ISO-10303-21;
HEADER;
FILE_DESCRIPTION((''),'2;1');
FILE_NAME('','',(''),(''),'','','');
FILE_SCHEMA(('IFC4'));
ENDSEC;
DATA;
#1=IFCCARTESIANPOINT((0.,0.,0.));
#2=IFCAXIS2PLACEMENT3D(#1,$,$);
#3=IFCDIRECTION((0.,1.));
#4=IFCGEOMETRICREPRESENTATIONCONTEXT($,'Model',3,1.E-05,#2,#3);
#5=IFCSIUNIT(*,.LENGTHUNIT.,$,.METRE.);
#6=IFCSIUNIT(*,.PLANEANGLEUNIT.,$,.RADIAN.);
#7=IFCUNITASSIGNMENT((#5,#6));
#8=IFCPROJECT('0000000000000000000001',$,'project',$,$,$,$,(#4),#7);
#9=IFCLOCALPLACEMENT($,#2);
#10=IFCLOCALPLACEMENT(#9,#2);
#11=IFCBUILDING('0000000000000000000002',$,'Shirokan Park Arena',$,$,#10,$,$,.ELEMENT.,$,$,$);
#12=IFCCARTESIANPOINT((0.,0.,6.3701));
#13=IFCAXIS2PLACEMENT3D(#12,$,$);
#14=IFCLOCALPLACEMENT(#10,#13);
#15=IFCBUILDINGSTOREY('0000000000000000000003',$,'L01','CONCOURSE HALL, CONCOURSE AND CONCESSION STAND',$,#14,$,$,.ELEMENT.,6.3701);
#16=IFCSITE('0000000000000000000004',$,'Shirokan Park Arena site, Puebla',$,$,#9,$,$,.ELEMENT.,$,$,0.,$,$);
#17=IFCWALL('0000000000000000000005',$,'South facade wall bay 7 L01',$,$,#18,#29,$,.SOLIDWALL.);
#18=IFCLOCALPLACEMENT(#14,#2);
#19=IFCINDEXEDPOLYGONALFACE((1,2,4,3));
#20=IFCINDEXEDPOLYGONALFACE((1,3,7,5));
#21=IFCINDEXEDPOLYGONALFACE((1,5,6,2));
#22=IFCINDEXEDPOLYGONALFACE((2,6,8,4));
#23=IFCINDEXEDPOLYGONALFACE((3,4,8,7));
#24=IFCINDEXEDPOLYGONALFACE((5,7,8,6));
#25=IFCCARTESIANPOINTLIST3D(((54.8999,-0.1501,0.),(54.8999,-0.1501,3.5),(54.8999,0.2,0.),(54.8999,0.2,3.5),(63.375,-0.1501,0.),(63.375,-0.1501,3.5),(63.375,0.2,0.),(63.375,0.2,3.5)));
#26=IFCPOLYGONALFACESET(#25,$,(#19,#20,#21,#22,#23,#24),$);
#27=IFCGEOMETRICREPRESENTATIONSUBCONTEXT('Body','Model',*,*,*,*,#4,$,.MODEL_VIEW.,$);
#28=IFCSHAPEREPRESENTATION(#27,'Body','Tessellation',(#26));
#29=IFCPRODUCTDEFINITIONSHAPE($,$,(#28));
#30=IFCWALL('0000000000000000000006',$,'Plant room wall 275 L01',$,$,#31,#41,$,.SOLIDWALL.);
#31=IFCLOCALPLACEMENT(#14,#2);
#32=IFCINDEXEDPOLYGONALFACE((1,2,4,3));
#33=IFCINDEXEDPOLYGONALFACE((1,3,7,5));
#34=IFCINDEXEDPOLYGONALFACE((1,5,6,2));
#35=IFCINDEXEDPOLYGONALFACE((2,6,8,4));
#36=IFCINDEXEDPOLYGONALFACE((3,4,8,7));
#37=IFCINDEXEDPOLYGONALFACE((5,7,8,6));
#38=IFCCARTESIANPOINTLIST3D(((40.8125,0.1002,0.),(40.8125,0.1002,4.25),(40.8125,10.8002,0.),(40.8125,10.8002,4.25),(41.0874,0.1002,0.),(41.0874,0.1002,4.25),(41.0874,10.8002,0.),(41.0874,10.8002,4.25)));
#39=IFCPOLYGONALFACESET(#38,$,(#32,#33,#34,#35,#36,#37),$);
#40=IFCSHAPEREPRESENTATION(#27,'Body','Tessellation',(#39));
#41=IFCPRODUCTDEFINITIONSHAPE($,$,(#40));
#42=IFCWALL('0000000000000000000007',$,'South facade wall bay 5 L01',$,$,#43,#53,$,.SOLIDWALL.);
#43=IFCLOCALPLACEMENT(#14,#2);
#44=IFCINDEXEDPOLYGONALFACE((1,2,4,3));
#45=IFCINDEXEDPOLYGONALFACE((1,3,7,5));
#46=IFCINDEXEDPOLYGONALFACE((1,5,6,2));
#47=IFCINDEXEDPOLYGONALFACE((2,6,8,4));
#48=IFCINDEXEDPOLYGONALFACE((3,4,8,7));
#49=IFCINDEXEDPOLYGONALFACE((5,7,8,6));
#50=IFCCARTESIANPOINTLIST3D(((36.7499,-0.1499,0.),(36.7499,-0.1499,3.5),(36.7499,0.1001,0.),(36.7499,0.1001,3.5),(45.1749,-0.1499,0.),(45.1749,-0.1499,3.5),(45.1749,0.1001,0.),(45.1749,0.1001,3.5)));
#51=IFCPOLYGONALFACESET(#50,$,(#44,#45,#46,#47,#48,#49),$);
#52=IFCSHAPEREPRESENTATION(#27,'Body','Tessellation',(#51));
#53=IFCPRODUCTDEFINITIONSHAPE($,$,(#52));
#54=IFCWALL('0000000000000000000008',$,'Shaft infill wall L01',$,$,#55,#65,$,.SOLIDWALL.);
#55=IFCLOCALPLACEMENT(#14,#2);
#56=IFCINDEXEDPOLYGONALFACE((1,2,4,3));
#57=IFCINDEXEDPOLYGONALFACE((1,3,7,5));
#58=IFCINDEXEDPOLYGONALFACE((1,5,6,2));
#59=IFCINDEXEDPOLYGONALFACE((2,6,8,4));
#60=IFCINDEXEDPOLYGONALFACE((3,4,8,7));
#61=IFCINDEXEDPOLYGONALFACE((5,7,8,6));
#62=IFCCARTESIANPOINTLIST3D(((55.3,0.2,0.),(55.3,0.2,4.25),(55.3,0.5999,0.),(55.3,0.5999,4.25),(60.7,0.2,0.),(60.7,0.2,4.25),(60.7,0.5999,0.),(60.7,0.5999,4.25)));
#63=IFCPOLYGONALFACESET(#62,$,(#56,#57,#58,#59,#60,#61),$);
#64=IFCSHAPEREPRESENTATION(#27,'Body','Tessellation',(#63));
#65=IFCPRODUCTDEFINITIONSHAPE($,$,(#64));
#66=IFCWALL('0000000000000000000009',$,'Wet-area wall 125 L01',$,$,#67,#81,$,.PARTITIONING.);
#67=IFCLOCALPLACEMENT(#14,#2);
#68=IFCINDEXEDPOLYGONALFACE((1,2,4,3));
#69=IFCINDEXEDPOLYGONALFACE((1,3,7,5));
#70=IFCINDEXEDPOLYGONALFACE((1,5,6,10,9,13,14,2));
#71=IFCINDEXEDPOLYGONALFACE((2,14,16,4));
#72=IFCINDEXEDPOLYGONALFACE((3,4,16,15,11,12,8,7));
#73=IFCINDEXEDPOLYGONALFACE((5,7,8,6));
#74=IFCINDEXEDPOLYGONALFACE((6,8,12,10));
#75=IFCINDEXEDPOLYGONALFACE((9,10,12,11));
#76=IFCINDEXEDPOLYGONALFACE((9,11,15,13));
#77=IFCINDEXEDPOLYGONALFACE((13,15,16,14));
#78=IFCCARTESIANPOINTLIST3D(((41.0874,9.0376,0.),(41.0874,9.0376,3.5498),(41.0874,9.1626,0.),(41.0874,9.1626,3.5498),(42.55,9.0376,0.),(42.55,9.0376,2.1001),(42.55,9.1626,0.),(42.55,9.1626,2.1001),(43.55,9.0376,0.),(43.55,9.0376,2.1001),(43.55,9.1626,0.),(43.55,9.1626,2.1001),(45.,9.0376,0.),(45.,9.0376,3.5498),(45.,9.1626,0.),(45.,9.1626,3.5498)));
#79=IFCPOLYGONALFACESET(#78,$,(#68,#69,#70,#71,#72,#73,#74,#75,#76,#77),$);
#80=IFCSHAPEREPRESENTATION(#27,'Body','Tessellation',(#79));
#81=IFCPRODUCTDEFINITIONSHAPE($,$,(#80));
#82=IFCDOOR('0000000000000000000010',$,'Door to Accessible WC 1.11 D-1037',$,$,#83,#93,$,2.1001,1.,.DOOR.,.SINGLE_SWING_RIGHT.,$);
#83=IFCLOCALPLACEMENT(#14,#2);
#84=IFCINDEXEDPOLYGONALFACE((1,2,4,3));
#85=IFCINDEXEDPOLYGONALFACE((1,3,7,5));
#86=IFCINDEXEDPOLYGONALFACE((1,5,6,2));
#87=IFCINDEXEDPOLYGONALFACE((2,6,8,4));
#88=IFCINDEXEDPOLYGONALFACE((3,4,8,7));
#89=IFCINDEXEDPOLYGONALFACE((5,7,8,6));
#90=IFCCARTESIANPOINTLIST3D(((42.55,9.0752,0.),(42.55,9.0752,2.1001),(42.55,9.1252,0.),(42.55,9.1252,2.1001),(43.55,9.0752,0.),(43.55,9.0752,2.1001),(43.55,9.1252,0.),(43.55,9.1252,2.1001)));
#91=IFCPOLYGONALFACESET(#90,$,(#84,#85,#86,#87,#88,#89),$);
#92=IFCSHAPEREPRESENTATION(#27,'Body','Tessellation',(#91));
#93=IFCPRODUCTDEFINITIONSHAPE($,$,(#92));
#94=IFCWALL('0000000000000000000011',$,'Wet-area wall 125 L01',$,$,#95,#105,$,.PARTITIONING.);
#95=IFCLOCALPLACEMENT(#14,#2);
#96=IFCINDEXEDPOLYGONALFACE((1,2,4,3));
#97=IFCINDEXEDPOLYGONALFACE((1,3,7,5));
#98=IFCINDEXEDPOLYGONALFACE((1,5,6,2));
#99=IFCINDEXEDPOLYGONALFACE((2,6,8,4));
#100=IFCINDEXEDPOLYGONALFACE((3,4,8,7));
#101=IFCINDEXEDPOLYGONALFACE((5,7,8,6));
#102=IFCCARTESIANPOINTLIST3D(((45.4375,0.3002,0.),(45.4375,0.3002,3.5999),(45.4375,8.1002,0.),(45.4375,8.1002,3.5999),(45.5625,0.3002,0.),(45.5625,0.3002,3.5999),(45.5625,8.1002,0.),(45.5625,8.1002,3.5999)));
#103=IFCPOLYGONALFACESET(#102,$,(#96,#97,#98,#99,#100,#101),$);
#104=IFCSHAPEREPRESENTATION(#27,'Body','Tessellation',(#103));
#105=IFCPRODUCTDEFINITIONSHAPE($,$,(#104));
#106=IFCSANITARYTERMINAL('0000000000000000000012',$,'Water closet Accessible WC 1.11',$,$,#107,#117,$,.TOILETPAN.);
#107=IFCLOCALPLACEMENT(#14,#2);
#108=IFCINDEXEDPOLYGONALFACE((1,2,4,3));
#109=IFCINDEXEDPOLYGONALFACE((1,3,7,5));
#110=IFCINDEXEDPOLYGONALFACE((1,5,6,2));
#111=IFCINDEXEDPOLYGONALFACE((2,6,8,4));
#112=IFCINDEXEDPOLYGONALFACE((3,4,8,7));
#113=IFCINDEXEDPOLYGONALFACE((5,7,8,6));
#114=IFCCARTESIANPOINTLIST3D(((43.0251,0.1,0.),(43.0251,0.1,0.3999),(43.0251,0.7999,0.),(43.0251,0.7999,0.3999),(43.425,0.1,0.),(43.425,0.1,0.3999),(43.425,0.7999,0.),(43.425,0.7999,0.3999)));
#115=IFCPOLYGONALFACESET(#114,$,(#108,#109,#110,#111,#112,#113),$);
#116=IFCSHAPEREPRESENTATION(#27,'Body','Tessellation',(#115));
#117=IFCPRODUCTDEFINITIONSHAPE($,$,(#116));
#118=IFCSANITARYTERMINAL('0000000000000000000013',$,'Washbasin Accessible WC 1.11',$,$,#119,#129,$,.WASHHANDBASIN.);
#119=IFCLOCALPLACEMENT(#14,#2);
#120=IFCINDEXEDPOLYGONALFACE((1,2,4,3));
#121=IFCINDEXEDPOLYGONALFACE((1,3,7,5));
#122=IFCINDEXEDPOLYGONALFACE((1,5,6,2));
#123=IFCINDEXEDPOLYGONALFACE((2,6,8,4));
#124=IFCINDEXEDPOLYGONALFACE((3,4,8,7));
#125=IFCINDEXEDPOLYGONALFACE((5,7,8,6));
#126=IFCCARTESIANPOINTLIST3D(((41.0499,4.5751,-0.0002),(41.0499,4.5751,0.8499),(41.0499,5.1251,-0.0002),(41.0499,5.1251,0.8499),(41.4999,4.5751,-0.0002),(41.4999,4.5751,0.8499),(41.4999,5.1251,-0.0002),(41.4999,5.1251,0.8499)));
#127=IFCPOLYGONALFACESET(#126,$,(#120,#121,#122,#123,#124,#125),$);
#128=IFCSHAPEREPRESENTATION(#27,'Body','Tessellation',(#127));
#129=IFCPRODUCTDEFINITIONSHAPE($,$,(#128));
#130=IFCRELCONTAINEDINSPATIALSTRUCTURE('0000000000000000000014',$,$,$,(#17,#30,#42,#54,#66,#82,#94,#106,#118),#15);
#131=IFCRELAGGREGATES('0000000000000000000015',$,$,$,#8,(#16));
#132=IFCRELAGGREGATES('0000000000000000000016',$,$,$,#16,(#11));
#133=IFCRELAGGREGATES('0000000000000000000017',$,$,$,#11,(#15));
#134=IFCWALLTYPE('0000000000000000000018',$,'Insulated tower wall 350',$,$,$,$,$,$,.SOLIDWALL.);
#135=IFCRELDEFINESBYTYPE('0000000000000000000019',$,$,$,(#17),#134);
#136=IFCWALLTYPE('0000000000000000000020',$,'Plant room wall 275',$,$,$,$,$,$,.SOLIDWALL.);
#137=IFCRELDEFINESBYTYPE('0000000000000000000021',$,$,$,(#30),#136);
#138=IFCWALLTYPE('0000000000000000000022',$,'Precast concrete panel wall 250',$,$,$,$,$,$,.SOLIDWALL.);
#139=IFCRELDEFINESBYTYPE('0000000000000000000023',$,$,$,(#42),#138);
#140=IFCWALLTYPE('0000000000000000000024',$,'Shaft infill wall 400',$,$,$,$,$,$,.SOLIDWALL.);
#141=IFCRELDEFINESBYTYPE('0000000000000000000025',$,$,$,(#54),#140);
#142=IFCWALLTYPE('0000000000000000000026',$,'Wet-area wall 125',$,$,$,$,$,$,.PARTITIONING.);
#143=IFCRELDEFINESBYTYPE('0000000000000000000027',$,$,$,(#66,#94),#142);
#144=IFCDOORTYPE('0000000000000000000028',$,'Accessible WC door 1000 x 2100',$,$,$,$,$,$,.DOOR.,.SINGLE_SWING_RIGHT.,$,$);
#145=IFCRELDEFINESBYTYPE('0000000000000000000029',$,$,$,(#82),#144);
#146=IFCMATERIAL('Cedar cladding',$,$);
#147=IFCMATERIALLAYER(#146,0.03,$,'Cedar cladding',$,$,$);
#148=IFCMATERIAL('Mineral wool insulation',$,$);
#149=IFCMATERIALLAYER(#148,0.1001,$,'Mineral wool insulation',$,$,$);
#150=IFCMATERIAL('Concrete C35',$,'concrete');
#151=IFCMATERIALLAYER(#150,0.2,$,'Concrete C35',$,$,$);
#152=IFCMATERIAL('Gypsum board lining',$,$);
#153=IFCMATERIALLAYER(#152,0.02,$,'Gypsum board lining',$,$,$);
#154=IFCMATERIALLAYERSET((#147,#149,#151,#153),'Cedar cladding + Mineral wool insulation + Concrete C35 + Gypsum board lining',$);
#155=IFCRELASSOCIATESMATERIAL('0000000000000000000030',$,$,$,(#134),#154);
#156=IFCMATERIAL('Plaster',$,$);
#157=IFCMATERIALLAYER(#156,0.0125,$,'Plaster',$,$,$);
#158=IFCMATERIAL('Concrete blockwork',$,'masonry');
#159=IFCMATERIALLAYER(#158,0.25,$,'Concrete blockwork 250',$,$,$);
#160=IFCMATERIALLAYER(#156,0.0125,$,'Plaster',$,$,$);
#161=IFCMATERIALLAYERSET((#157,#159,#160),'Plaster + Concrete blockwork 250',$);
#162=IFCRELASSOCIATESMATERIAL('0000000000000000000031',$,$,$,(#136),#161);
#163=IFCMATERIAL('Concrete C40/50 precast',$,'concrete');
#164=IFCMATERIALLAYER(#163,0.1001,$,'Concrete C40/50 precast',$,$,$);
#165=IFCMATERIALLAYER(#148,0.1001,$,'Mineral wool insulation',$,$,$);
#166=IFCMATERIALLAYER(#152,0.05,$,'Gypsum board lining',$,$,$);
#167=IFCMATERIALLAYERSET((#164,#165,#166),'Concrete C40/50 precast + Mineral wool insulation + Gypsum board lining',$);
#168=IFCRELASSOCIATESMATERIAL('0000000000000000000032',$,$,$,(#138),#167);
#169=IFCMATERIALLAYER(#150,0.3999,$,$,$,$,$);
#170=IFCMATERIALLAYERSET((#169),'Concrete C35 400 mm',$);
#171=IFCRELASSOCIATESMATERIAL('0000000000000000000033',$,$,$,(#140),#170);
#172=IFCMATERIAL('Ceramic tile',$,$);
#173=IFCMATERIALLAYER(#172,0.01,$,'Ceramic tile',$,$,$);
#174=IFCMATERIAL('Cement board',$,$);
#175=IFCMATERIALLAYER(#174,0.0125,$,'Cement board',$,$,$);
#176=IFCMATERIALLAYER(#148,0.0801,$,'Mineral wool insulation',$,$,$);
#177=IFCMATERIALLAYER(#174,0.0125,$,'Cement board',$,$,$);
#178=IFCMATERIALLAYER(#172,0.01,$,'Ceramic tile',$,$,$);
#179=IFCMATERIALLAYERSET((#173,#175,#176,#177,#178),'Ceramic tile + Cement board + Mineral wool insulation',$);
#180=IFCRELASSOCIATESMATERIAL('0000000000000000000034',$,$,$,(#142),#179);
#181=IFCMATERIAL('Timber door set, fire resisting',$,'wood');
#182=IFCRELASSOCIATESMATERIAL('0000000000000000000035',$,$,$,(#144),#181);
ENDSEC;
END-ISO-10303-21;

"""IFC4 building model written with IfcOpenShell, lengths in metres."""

from ifc_helpers import new_model, si_unit, direction, frame, frame_2d, origin, origin_2d, place, context, subcontext, project, spatial, rectangle, extrude, material, layer, layer_set, type_object, element, fill, save


model = new_model("IFC4")

# Units and contexts
model_context = context("Model", 3, precision=1e-05, world=origin(), true_north=direction((0.0, 1.0)))
body_context = subcontext(model_context, "Body", "Model", "MODEL_VIEW")
ifc_project = project(units=[si_unit("LENGTHUNIT", "METRE"), si_unit("PLANEANGLEUNIT", "RADIAN")], contexts=[model_context])

# Site, building, storey
site_placement = place(None, origin())
site = spatial("IfcSite", under=ifc_project, at=site_placement, Name="Shirokan Park Arena site, Puebla", CompositionType="ELEMENT", RefElevation=0.0)
building_placement = place(site_placement, origin())
building = spatial("IfcBuilding", under=site, at=building_placement, Name="Shirokan Park Arena", CompositionType="ELEMENT")
storey_placement = place(building_placement, frame((0.0, 0.0, 6.3701)))
storey = spatial("IfcBuildingStorey", under=building, at=storey_placement, Name="L01", Description="CONCOURSE HALL, CONCOURSE AND CONCESSION STAND", CompositionType="ELEMENT", Elevation=6.3701)

# Shared definitions
ifc_material_1 = material(Name="Concrete C35", Category="concrete")

# Walls
ifc_material_2 = material(Name="Cedar cladding")
ifc_layer_1 = layer(ifc_material_2, 0.03, Name="Cedar cladding")
ifc_material_3 = material(Name="Mineral wool insulation")
ifc_layer_2 = layer(ifc_material_3, 0.1001, Name="Mineral wool insulation")
ifc_layer_3 = layer(ifc_material_1, 0.2, Name="Concrete C35")
ifc_material_4 = material(Name="Gypsum board lining")
ifc_layer_4 = layer(ifc_material_4, 0.02, Name="Gypsum board lining")
ifc_layer_set_1 = layer_set([ifc_layer_1, ifc_layer_2, ifc_layer_3, ifc_layer_4], Name="Cedar cladding + Mineral wool insulation + Concrete C35 + Gypsum board lining")
wall_type_1 = type_object("IfcWallType", Name="Insulated tower wall 350", PredefinedType="SOLIDWALL", material=ifc_layer_set_1)
wall_1_placement = place(storey_placement, frame((54.8999, 0.0249, 0.0), z_axis=(0.0, 0.0, 1.0), x_axis=(1.0, 0.0, 0.0)))
element("IfcWall", 1, at=wall_1_placement, inside=storey, type_object=wall_type_1, Name="South facade wall bay 7 L01", PredefinedType="SOLIDWALL", context=body_context, shape_type="SweptSolid", body=[
    extrude(rectangle(XDim=8.4751, YDim=0.3501, at=frame_2d((4.2375, 0.0))), origin(), (0.0, 0.0, 1.0), 3.5),
])
ifc_material_5 = material(Name="Plaster")
ifc_layer_5 = layer(ifc_material_5, 0.0125, Name="Plaster")
ifc_material_6 = material(Name="Concrete blockwork", Category="masonry")
ifc_layer_6 = layer(ifc_material_6, 0.25, Name="Concrete blockwork 250")
ifc_layer_7 = layer(ifc_material_5, 0.0125, Name="Plaster")
ifc_layer_set_2 = layer_set([ifc_layer_5, ifc_layer_6, ifc_layer_7], Name="Plaster + Concrete blockwork 250")
wall_type_2 = type_object("IfcWallType", Name="Plant room wall 275", PredefinedType="SOLIDWALL", material=ifc_layer_set_2)
wall_2_placement = place(storey_placement, frame((40.95, 0.1001, 0.0), z_axis=(0.0, 0.0, 1.0), x_axis=(0.0, 1.0, 0.0)))
element("IfcWall", 2, at=wall_2_placement, inside=storey, type_object=wall_type_2, Name="Plant room wall 275 L01", PredefinedType="SOLIDWALL", context=body_context, shape_type="SweptSolid", body=[
    extrude(rectangle(XDim=10.7, YDim=0.2749, at=frame_2d((5.3501, 0.0))), origin(), (0.0, 0.0, 1.0), 4.25),
])
ifc_material_7 = material(Name="Concrete C40/50 precast", Category="concrete")
ifc_layer_8 = layer(ifc_material_7, 0.1001, Name="Concrete C40/50 precast")
ifc_layer_9 = layer(ifc_material_3, 0.1001, Name="Mineral wool insulation")
ifc_layer_10 = layer(ifc_material_4, 0.05, Name="Gypsum board lining")
ifc_layer_set_3 = layer_set([ifc_layer_8, ifc_layer_9, ifc_layer_10], Name="Concrete C40/50 precast + Mineral wool insulation + Gypsum board lining")
wall_type_3 = type_object("IfcWallType", Name="Precast concrete panel wall 250", PredefinedType="SOLIDWALL", material=ifc_layer_set_3)
wall_3_placement = place(storey_placement, frame((36.75, -0.0249, 0.0), z_axis=(0.0, 0.0, 1.0), x_axis=(1.0, 0.0, 0.0)))
element("IfcWall", 3, at=wall_3_placement, inside=storey, type_object=wall_type_3, Name="South facade wall bay 5 L01", PredefinedType="SOLIDWALL", context=body_context, shape_type="SweptSolid", body=[
    extrude(rectangle(XDim=8.425, YDim=0.25, at=frame_2d((4.2124, 0.0))), origin(), (0.0, 0.0, 1.0), 3.5),
])
ifc_layer_11 = layer(ifc_material_1, 0.3999)
ifc_layer_set_4 = layer_set([ifc_layer_11], Name="Concrete C35 400 mm")
wall_type_4 = type_object("IfcWallType", Name="Shaft infill wall 400", PredefinedType="SOLIDWALL", material=ifc_layer_set_4)
wall_4_placement = place(storey_placement, frame((55.3, 0.3999, 0.0), z_axis=(0.0, 0.0, 1.0), x_axis=(1.0, 0.0, 0.0)))
element("IfcWall", 4, at=wall_4_placement, inside=storey, type_object=wall_type_4, Name="Shaft infill wall L01", PredefinedType="SOLIDWALL", context=body_context, shape_type="SweptSolid", body=[
    extrude(rectangle(XDim=5.3999, YDim=0.3999, at=frame_2d((2.7, 0.0))), origin(), (0.0, 0.0, 1.0), 4.25),
])

# Wall, opening, door
ifc_material_8 = material(Name="Ceramic tile")
ifc_layer_12 = layer(ifc_material_8, 0.01, Name="Ceramic tile")
ifc_material_9 = material(Name="Cement board")
ifc_layer_13 = layer(ifc_material_9, 0.0125, Name="Cement board")
ifc_layer_14 = layer(ifc_material_3, 0.0801, Name="Mineral wool insulation")
ifc_layer_15 = layer(ifc_material_9, 0.0125, Name="Cement board")
ifc_layer_16 = layer(ifc_material_8, 0.01, Name="Ceramic tile")
ifc_layer_set_5 = layer_set([ifc_layer_12, ifc_layer_13, ifc_layer_14, ifc_layer_15, ifc_layer_16], Name="Ceramic tile + Cement board + Mineral wool insulation")
wall_type_5 = type_object("IfcWallType", Name="Wet-area wall 125", PredefinedType="PARTITIONING", material=ifc_layer_set_5)
wall_5_placement = place(storey_placement, frame((45.0, 9.1001, 0.0), z_axis=(0.0, 0.0, 1.0), x_axis=(-1.0, 0.0, 0.0)))
wall_5 = element("IfcWall", 5, at=wall_5_placement, inside=storey, type_object=wall_type_5, Name="Wet-area wall 125 L01", PredefinedType="PARTITIONING", context=body_context, shape_type="SweptSolid", body=[
    extrude(rectangle(XDim=3.9126, YDim=0.125, at=frame_2d((1.9563, 0.0))), origin(), (0.0, 0.0, 1.0), 3.5498),
])
opening_placement = place(wall_5_placement, frame((1.45, 0.0, 0.0)))
opening = element("IfcOpeningElement", 6, at=opening_placement, cuts=wall_5, PredefinedType="OPENING", context=body_context, shape_type="SweptSolid", body=[
    extrude(rectangle(XDim=1.0, YDim=2.1001, at=frame_2d((0.5, 1.05))), frame((0.0, 0.0725, 0.0), z_axis=(0.0, -1.0, 0.0), x_axis=(1.0, 0.0, 0.0)), (0.0, 0.0, 1.0), 0.145),
])
ifc_material_10 = material(Name="Timber door set, fire resisting", Category="wood")
door_type = type_object("IfcDoorType", Name="Accessible WC door 1000 x 2100", OperationType="SINGLE_SWING_RIGHT", PredefinedType="DOOR", material=ifc_material_10)
door_placement = place(opening_placement, origin())
door = element("IfcDoor", 7, at=door_placement, inside=storey, type_object=door_type, Name="Door to Accessible WC 1.11 D-1037", OperationType="SINGLE_SWING_RIGHT", OverallHeight=2.1001, OverallWidth=1.0, PredefinedType="DOOR", context=body_context, shape_type="SweptSolid", body=[
    extrude(rectangle(XDim=1.0, YDim=2.1001, at=frame_2d((0.5, 1.05))), frame((0.0, 0.0249, 0.0), z_axis=(0.0, -1.0, 0.0), x_axis=(1.0, 0.0, 0.0)), (0.0, 0.0, 1.0), 0.05),
])
fill(opening, door)

# Wall
wall_6_placement = place(storey_placement, frame((45.5, 8.1001, 0.0), z_axis=(0.0, 0.0, 1.0), x_axis=(0.0, -1.0, 0.0)))
element("IfcWall", 8, at=wall_6_placement, inside=storey, type_object=wall_type_5, Name="Wet-area wall 125 L01", PredefinedType="PARTITIONING", context=body_context, shape_type="SweptSolid", body=[
    extrude(rectangle(XDim=7.8, YDim=0.125, at=frame_2d((3.8999, 0.0))), origin(), (0.0, 0.0, 1.0), 3.5999),
])

# Sanitary terminals
sanitary_terminal_1_placement = place(storey_placement, frame((43.2251, 0.45, 0.0), z_axis=(0.0, 0.0, 1.0), x_axis=(1.0, 0.0, 0.0)))
element("IfcSanitaryTerminal", 9, at=sanitary_terminal_1_placement, inside=storey, Name="Water closet Accessible WC 1.11", PredefinedType="TOILETPAN", context=body_context, shape_type="SweptSolid", body=[
    extrude(rectangle(XDim=0.3999, YDim=0.7, at=origin_2d()), origin(), (0.0, 0.0, 1.0), 0.3999),
])
sanitary_terminal_2_placement = place(storey_placement, frame((41.2749, 4.8501, -0.0002), z_axis=(0.0, 0.0, 1.0), x_axis=(1.0, 0.0, 0.0)))
element("IfcSanitaryTerminal", 10, at=sanitary_terminal_2_placement, inside=storey, Name="Washbasin Accessible WC 1.11", PredefinedType="WASHHANDBASIN", context=body_context, shape_type="SweptSolid", body=[
    extrude(rectangle(XDim=0.45, YDim=0.55, at=origin_2d()), origin(), (0.0, 0.0, 1.0), 0.8501),
])

save(model, "model.ifc")
